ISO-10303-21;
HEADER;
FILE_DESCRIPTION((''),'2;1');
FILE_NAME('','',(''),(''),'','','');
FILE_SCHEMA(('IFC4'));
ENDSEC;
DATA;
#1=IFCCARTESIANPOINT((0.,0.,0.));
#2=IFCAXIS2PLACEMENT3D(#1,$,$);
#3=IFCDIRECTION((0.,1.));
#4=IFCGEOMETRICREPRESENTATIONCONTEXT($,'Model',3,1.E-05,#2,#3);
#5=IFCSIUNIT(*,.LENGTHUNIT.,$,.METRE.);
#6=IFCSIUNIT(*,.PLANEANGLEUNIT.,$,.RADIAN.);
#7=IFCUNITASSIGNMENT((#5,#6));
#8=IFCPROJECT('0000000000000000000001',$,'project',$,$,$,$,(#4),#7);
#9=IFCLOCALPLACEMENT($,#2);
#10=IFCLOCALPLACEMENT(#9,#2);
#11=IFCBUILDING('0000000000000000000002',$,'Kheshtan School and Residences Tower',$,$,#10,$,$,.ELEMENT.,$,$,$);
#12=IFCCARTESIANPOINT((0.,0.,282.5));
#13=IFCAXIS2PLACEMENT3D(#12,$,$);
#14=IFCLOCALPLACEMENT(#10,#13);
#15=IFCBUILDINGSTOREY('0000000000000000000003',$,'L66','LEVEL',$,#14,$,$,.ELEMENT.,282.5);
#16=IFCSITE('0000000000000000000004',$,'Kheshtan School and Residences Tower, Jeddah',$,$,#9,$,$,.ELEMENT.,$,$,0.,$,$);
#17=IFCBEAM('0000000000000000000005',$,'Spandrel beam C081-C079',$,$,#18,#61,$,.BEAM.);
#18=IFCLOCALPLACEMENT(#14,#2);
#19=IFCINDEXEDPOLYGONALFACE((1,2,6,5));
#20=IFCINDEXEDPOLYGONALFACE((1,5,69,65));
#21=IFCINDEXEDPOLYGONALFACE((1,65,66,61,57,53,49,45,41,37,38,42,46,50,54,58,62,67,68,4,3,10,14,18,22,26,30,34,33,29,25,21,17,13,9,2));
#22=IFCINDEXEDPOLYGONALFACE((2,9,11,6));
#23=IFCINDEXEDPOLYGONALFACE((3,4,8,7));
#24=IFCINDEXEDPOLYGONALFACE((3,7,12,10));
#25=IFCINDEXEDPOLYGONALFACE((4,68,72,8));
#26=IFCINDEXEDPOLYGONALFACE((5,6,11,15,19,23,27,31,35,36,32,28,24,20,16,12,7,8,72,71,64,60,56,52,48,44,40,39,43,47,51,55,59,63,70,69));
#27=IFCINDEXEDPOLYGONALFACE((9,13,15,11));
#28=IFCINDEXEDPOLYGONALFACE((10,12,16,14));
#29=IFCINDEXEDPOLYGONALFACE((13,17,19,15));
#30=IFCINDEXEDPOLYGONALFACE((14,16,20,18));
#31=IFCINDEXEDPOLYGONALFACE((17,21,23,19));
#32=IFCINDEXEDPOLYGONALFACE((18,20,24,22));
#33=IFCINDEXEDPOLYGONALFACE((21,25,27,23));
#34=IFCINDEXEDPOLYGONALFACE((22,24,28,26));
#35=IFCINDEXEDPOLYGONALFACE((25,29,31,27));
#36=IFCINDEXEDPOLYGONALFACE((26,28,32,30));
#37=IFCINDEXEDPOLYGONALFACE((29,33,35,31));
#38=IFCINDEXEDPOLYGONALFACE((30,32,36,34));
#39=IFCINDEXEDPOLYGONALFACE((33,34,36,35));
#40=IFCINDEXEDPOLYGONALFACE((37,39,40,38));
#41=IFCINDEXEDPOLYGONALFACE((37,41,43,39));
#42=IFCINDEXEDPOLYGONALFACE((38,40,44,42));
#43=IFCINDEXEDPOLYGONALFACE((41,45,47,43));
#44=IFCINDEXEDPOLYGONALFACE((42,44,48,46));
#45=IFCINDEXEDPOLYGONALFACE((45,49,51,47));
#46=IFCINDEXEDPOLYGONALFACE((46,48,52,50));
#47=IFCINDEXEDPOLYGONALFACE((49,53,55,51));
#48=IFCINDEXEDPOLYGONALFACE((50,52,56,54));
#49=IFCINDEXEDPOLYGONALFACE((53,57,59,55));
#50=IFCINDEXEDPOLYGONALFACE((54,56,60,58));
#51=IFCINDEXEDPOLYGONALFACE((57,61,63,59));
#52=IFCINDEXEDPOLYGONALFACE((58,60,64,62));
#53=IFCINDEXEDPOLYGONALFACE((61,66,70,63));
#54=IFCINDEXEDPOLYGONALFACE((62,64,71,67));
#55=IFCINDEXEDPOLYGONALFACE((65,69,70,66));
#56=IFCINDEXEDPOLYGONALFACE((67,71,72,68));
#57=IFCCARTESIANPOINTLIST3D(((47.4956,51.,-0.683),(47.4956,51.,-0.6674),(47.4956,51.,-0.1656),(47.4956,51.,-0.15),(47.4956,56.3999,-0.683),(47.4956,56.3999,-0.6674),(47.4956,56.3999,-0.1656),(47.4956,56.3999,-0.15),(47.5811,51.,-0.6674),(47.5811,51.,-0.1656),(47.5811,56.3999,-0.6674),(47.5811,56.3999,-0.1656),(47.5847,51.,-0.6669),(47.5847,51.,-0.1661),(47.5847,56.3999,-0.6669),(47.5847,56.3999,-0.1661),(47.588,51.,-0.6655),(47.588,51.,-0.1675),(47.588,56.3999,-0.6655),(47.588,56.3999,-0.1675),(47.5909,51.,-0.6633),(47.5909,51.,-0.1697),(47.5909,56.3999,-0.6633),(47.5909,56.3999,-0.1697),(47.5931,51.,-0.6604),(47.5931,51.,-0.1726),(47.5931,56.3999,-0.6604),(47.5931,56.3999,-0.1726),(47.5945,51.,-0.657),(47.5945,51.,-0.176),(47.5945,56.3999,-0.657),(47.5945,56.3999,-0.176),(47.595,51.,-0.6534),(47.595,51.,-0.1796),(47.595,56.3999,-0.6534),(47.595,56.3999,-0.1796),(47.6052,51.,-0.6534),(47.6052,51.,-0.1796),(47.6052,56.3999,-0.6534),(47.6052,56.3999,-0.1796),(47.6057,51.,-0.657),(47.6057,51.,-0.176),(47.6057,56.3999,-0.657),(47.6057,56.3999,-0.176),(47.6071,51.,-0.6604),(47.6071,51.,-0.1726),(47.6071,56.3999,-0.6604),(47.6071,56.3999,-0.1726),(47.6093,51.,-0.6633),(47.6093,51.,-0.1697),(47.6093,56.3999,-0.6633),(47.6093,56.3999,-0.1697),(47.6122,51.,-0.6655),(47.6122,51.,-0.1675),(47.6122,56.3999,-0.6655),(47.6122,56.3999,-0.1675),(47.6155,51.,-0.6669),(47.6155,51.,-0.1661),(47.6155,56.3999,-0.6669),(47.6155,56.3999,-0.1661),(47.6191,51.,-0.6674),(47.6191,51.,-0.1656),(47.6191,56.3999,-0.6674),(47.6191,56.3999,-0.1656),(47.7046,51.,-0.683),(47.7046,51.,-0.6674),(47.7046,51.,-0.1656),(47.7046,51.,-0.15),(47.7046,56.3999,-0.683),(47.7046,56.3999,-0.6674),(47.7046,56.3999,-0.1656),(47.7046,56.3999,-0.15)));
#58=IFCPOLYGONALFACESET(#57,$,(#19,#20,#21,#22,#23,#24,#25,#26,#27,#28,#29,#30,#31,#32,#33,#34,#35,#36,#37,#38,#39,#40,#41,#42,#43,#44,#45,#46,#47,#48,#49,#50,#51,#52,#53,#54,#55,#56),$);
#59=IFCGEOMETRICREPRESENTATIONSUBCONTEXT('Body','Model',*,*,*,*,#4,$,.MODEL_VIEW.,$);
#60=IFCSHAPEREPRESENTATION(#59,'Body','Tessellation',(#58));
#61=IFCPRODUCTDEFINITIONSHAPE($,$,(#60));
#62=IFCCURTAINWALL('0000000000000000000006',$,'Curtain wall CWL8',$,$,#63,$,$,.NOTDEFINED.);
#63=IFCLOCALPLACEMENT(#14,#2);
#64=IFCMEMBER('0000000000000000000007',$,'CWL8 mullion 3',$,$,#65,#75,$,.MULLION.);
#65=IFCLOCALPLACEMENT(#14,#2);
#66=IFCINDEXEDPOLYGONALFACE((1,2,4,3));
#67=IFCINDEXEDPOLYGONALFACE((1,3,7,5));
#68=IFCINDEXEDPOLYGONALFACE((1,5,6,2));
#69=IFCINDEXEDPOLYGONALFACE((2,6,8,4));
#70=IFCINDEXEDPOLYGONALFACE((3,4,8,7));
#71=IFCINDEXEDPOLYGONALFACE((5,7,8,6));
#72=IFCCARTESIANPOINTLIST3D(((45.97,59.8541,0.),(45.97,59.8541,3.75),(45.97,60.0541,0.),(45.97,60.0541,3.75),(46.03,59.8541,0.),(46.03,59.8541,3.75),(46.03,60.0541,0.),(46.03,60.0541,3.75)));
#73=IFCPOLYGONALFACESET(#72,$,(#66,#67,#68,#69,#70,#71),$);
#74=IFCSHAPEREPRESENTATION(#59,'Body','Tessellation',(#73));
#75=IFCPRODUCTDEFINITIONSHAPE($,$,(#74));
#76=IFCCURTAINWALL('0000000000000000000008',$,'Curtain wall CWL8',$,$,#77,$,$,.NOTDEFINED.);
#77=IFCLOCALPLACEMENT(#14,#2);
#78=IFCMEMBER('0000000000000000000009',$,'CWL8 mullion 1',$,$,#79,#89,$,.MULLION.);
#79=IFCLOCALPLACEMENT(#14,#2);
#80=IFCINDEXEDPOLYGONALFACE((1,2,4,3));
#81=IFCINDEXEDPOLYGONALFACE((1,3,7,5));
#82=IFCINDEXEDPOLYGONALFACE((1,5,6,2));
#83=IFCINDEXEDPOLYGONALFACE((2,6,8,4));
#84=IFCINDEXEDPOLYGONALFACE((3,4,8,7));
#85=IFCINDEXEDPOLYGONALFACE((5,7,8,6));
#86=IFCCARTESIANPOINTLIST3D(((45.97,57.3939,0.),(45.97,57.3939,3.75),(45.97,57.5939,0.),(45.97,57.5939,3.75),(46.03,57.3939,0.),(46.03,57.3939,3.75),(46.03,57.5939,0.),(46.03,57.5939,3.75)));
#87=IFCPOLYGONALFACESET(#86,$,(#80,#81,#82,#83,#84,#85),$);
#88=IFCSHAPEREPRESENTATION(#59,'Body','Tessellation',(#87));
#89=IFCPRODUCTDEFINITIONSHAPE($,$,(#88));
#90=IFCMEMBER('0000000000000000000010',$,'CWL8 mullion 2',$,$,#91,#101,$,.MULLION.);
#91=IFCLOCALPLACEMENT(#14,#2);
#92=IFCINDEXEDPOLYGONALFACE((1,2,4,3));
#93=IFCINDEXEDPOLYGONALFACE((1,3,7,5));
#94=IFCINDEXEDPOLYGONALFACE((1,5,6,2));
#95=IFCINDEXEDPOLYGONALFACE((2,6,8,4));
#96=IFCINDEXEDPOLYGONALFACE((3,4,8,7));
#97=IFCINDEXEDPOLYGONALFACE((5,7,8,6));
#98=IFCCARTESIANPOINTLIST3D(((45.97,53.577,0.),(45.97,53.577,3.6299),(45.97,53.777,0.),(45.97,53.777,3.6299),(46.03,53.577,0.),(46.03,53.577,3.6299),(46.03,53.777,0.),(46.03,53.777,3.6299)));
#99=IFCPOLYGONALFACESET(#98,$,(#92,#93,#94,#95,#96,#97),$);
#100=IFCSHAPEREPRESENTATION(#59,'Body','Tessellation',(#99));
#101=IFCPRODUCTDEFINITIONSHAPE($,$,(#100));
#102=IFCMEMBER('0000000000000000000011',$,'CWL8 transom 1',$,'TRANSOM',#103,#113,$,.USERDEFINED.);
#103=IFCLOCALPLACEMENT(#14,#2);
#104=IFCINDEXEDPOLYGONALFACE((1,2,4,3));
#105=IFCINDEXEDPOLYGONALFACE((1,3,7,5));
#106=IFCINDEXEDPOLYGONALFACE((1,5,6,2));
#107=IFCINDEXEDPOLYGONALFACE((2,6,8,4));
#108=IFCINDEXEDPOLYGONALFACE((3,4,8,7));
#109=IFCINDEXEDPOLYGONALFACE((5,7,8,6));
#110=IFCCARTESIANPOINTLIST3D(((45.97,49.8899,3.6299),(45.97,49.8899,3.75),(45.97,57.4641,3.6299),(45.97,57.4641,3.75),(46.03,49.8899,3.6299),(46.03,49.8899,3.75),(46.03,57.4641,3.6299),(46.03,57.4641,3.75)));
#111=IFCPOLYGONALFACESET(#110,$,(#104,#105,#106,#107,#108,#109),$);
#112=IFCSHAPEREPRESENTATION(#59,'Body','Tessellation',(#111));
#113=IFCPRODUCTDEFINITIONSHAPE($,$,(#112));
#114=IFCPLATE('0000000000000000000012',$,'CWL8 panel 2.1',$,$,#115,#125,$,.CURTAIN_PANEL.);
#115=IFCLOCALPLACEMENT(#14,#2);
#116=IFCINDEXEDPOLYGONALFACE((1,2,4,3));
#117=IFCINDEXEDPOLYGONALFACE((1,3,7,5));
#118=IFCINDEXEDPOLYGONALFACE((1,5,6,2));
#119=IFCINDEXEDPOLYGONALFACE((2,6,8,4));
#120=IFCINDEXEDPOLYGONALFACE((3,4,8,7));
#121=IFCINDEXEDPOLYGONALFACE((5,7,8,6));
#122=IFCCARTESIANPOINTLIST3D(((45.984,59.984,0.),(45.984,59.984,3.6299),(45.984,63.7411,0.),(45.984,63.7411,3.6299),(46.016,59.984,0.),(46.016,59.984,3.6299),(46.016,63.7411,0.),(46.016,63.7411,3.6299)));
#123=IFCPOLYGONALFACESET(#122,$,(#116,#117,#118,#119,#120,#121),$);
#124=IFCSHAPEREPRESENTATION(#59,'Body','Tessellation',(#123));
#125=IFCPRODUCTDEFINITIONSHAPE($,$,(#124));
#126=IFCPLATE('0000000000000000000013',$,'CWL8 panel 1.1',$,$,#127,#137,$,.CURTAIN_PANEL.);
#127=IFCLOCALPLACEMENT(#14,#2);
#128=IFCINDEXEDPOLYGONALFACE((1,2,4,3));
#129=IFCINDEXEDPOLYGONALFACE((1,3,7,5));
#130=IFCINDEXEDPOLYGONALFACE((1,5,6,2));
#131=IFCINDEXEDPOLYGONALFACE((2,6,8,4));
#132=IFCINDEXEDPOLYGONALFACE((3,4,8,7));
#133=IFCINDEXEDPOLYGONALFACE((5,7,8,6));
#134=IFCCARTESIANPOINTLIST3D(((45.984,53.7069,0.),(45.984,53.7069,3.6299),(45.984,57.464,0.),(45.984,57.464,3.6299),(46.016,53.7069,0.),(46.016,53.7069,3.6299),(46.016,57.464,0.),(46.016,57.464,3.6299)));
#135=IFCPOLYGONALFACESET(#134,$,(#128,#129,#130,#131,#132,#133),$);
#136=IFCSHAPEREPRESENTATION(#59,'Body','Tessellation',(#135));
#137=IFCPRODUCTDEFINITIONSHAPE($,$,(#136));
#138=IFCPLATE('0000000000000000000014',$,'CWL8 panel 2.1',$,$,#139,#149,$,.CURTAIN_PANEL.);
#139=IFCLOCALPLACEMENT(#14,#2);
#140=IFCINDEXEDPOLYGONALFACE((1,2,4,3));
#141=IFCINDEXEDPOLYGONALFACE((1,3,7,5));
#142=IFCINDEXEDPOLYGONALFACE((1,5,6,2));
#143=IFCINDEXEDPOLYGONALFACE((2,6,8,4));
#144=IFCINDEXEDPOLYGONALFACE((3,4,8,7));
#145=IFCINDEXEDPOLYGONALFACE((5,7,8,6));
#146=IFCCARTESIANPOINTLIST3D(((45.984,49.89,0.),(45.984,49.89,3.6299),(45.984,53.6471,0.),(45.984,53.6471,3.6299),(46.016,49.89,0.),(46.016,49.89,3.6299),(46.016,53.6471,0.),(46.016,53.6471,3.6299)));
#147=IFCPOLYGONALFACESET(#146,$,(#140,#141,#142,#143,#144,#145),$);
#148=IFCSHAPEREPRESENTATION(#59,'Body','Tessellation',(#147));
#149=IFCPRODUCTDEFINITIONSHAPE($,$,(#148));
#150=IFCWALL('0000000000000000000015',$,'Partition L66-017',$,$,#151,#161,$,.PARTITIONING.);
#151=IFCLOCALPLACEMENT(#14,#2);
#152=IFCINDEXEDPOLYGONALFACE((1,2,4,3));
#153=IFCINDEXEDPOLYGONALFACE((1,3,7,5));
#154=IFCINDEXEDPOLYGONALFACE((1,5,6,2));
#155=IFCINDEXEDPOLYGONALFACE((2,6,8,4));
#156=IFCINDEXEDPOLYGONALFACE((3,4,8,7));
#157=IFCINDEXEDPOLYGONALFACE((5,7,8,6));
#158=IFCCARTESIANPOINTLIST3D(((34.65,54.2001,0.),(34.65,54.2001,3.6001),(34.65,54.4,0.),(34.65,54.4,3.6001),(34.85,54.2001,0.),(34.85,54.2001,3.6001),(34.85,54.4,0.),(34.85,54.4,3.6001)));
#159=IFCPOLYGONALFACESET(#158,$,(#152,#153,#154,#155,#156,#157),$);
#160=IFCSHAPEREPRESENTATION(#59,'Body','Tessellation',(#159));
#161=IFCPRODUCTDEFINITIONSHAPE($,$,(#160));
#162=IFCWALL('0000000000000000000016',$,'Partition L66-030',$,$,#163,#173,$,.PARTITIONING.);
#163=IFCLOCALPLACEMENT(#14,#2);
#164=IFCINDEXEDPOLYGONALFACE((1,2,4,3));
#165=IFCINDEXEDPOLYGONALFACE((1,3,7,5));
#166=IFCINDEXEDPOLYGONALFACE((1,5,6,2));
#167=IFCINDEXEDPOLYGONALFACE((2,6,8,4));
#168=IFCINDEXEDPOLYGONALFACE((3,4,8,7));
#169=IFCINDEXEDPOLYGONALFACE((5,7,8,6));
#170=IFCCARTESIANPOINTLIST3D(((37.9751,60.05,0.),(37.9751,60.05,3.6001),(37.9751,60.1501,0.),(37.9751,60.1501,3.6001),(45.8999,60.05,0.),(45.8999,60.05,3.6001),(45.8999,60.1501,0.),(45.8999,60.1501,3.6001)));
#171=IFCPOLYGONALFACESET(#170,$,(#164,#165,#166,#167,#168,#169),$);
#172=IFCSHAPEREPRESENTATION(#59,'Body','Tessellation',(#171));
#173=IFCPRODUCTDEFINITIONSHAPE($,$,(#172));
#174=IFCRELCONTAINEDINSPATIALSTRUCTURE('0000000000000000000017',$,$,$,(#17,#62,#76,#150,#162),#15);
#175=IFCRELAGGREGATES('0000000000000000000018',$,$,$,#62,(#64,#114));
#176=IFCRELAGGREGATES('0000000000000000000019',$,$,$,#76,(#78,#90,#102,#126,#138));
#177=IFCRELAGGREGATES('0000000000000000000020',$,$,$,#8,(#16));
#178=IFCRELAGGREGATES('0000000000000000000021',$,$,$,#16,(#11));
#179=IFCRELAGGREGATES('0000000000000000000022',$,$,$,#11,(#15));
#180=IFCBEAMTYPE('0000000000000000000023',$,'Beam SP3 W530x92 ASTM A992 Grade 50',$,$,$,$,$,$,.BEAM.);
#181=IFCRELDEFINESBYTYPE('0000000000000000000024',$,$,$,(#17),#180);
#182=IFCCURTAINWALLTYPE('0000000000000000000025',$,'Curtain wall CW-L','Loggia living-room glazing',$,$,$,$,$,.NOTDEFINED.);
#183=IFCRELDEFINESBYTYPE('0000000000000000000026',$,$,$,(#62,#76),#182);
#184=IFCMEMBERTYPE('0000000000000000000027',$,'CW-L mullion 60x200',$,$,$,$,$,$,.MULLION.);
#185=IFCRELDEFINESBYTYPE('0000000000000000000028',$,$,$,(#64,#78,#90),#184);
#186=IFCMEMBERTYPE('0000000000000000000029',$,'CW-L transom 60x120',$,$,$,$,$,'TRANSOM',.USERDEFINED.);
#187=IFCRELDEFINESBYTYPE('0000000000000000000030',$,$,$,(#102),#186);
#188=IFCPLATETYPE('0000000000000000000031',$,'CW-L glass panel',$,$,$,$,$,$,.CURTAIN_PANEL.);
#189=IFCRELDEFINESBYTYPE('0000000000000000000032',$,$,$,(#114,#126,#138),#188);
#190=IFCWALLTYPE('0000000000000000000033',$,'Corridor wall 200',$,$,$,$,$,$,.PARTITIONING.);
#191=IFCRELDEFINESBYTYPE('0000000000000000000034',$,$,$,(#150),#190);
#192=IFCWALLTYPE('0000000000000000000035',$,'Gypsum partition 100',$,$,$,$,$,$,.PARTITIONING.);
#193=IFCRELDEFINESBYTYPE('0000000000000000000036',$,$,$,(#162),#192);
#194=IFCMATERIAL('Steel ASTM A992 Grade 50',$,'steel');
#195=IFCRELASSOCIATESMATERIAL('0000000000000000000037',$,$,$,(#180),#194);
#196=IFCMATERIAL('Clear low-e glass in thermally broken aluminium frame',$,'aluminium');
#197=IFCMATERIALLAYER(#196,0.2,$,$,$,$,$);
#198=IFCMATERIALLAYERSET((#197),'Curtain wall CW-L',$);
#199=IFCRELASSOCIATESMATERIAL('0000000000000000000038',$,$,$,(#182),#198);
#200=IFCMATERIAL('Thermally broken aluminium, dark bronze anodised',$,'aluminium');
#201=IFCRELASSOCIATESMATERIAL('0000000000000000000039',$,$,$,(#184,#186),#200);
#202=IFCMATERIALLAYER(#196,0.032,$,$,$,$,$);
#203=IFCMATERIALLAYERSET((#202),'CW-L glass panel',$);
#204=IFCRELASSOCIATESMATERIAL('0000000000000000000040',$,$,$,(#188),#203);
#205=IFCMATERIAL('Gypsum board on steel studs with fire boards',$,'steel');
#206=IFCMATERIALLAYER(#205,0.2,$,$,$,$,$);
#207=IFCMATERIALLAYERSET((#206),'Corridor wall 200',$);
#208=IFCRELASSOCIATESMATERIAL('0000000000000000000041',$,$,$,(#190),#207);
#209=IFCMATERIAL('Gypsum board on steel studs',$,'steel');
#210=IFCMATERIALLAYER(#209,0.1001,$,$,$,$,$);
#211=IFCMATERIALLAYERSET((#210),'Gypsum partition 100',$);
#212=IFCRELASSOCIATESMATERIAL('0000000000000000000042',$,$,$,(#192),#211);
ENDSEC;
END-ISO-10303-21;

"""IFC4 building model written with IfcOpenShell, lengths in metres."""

from ifc_helpers import new_model, si_unit, direction, frame, frame_2d, origin, origin_2d, place, context, subcontext, project, spatial, rectangle, i_section, extrude, material, layer, layer_set, material_profile, profile_set, type_object, element, aggregate, save


model = new_model("IFC4")

# Units and contexts
model_context = context("Model", 3, precision=1e-05, world=origin(), true_north=direction((0.0, 1.0)))
body_context = subcontext(model_context, "Body", "Model", "MODEL_VIEW")
ifc_project = project(units=[si_unit("LENGTHUNIT", "METRE"), si_unit("PLANEANGLEUNIT", "RADIAN")], contexts=[model_context])

# Site, building, storey
site_placement = place(None, origin())
site = spatial("IfcSite", under=ifc_project, at=site_placement, Name="Kheshtan School and Residences Tower, Jeddah", CompositionType="ELEMENT", RefElevation=0.0)
building_placement = place(site_placement, origin())
building = spatial("IfcBuilding", under=site, at=building_placement, Name="Kheshtan School and Residences Tower", CompositionType="ELEMENT")
storey_placement = place(building_placement, frame((0.0, 0.0, 282.5)))
storey = spatial("IfcBuildingStorey", under=building, at=storey_placement, Name="L66", Description="LEVEL", CompositionType="ELEMENT", Elevation=282.5)

# Shared definitions
ifc_material_1 = material(Name="Steel ASTM A992 Grade 50", Category="steel")

# Beam
ifc_material_profile_1 = material_profile(ifc_material_1, i_section(OverallWidth=0.209, OverallDepth=0.533, WebThickness=0.0103, FlangeThickness=0.0156, FilletRadius=0.0139, at=origin_2d()), Name="W530x92")
ifc_profile_set_1 = profile_set([ifc_material_profile_1], Name="Steel ASTM A992 Grade 50")
beam_type_1 = type_object("IfcBeamType", Name="Beam SP3 W530x92 ASTM A992 Grade 50", PredefinedType="BEAM", material=ifc_profile_set_1)
beam_1_placement = place(storey_placement, frame((47.6001, 56.3999, -0.4165), z_axis=(0.0, -1.0, 0.0), x_axis=(1.0, 0.0, 0.0)))
element("IfcBeam", 1, at=beam_1_placement, inside=storey, type_object=beam_type_1, Name="Spandrel beam C081-C079", PredefinedType="BEAM", context=body_context, shape_type="SweptSolid", body=[
    extrude(i_section(OverallWidth=0.209, OverallDepth=0.533, WebThickness=0.0103, FlangeThickness=0.0156, FilletRadius=0.0139, at=origin_2d()), origin(), (0.0, 0.0, 1.0), 5.3999),
])

# Curtain wall, member
ifc_material_2 = material(Name="Clear low-e glass in thermally broken aluminium frame", Category="aluminium")
ifc_layer_1 = layer(ifc_material_2, 0.2)
ifc_layer_set_1 = layer_set([ifc_layer_1], Name="Curtain wall CW-L")
curtain_wall_type = type_object("IfcCurtainWallType", Name="Curtain wall CW-L", Description="Loggia living-room glazing", PredefinedType="NOTDEFINED", material=ifc_layer_set_1)
curtain_wall_1_placement = place(storey_placement, origin())
curtain_wall_1 = element("IfcCurtainWall", 2, at=curtain_wall_1_placement, inside=storey, type_object=curtain_wall_type, Name="Curtain wall CWL8", PredefinedType="NOTDEFINED")
ifc_material_3 = material(Name="Thermally broken aluminium, dark bronze anodised", Category="aluminium")
ifc_material_profile_2 = material_profile(ifc_material_3, rectangle(XDim=0.0601, YDim=0.2, at=origin_2d()), Name="CW-L mullion 60x200")
ifc_profile_set_2 = profile_set([ifc_material_profile_2], Name="Thermally broken aluminium, dark bronze anodised")
member_type_1 = type_object("IfcMemberType", Name="CW-L mullion 60x200", PredefinedType="MULLION", material=ifc_profile_set_2)
member_1_placement = place(storey_placement, frame((46.0, 59.9541, 0.0), z_axis=(0.0, 0.0, 1.0), x_axis=(1.0, 0.0, 0.0)))
member_1 = element("IfcMember", 3, at=member_1_placement, type_object=member_type_1, Name="CWL8 mullion 3", PredefinedType="MULLION", context=body_context, shape_type="SweptSolid", body=[
    extrude(rectangle(XDim=0.0601, YDim=0.2, at=origin_2d()), origin(), (0.0, 0.0, 1.0), 3.75),
])

# Curtain wall, members
curtain_wall_2_placement = place(storey_placement, origin())
curtain_wall_2 = element("IfcCurtainWall", 4, at=curtain_wall_2_placement, inside=storey, type_object=curtain_wall_type, Name="Curtain wall CWL8", PredefinedType="NOTDEFINED")
member_2_placement = place(storey_placement, frame((46.0, 57.4939, 0.0), z_axis=(0.0, 0.0, 1.0), x_axis=(1.0, 0.0, 0.0)))
member_2 = element("IfcMember", 5, at=member_2_placement, type_object=member_type_1, Name="CWL8 mullion 1", PredefinedType="MULLION", context=body_context, shape_type="SweptSolid", body=[
    extrude(rectangle(XDim=0.0601, YDim=0.2, at=origin_2d()), origin(), (0.0, 0.0, 1.0), 3.75),
])
member_3_placement = place(storey_placement, frame((46.0, 53.677, 0.0), z_axis=(0.0, 0.0, 1.0), x_axis=(1.0, 0.0, 0.0)))
member_3 = element("IfcMember", 6, at=member_3_placement, type_object=member_type_1, Name="CWL8 mullion 2", PredefinedType="MULLION", context=body_context, shape_type="SweptSolid", body=[
    extrude(rectangle(XDim=0.0601, YDim=0.2, at=origin_2d()), origin(), (0.0, 0.0, 1.0), 3.6299),
])
ifc_material_profile_3 = material_profile(ifc_material_3, rectangle(XDim=0.0601, YDim=0.1201, at=origin_2d()), Name="CW-L transom 60x120")
ifc_profile_set_3 = profile_set([ifc_material_profile_3], Name="Thermally broken aluminium, dark bronze anodised")
member_type_2 = type_object("IfcMemberType", Name="CW-L transom 60x120", ElementType="TRANSOM", PredefinedType="USERDEFINED", material=ifc_profile_set_3)
member_4_placement = place(storey_placement, frame((46.0, 57.4641, 3.6899), z_axis=(0.0, -1.0, 0.0), x_axis=(1.0, 0.0, 0.0)))
member_4 = element("IfcMember", 7, at=member_4_placement, type_object=member_type_2, Name="CWL8 transom 1", ObjectType="TRANSOM", PredefinedType="USERDEFINED", context=body_context, shape_type="SweptSolid", body=[
    extrude(rectangle(XDim=0.0601, YDim=0.1201, at=origin_2d()), origin(), (0.0, 0.0, 1.0), 7.5742),
])

# Plates
ifc_layer_2 = layer(ifc_material_2, 0.032)
ifc_layer_set_2 = layer_set([ifc_layer_2], Name="CW-L glass panel")
plate_type = type_object("IfcPlateType", Name="CW-L glass panel", PredefinedType="CURTAIN_PANEL", material=ifc_layer_set_2)
plate_1_placement = place(storey_placement, frame((46.0, 61.8625, 0.0), z_axis=(0.0, 0.0, 1.0), x_axis=(0.0, -1.0, 0.0)))
plate_1 = element("IfcPlate", 8, at=plate_1_placement, type_object=plate_type, Name="CWL8 panel 2.1", PredefinedType="CURTAIN_PANEL", context=body_context, shape_type="SweptSolid", body=[
    extrude(rectangle(XDim=3.7571, YDim=0.032, at=origin_2d()), origin(), (0.0, 0.0, 1.0), 3.6299),
])
aggregate(curtain_wall_1, [member_1, plate_1])
plate_2_placement = place(storey_placement, frame((46.0, 55.5854, 0.0), z_axis=(0.0, 0.0, 1.0), x_axis=(0.0, -1.0, 0.0)))
plate_2 = element("IfcPlate", 9, at=plate_2_placement, type_object=plate_type, Name="CWL8 panel 1.1", PredefinedType="CURTAIN_PANEL", context=body_context, shape_type="SweptSolid", body=[
    extrude(rectangle(XDim=3.7571, YDim=0.032, at=origin_2d()), origin(), (0.0, 0.0, 1.0), 3.6299),
])
plate_3_placement = place(storey_placement, frame((46.0, 51.7686, 0.0), z_axis=(0.0, 0.0, 1.0), x_axis=(0.0, -1.0, 0.0)))
plate_3 = element("IfcPlate", 10, at=plate_3_placement, type_object=plate_type, Name="CWL8 panel 2.1", PredefinedType="CURTAIN_PANEL", context=body_context, shape_type="SweptSolid", body=[
    extrude(rectangle(XDim=3.7571, YDim=0.032, at=origin_2d()), origin(), (0.0, 0.0, 1.0), 3.6299),
])
aggregate(curtain_wall_2, [member_2, member_3, member_4, plate_2, plate_3])

# Wall
ifc_material_4 = material(Name="Gypsum board on steel studs with fire boards", Category="steel")
ifc_layer_3 = layer(ifc_material_4, 0.2)
ifc_layer_set_3 = layer_set([ifc_layer_3], Name="Corridor wall 200")
wall_type_1 = type_object("IfcWallType", Name="Corridor wall 200", PredefinedType="PARTITIONING", material=ifc_layer_set_3)
wall_1_placement = place(storey_placement, frame((34.75, 54.2, 0.0), z_axis=(0.0, 0.0, 1.0), x_axis=(0.0, 1.0, 0.0)))
element("IfcWall", 11, at=wall_1_placement, inside=storey, type_object=wall_type_1, Name="Partition L66-017", PredefinedType="PARTITIONING", context=body_context, shape_type="SweptSolid", body=[
    extrude(rectangle(XDim=0.2, YDim=0.2, at=frame_2d((0.1001, 0.0))), origin(), (0.0, 0.0, 1.0), 3.6001),
])

# Wall
ifc_material_5 = material(Name="Gypsum board on steel studs", Category="steel")
ifc_layer_4 = layer(ifc_material_5, 0.1001)
ifc_layer_set_4 = layer_set([ifc_layer_4], Name="Gypsum partition 100")
wall_type_2 = type_object("IfcWallType", Name="Gypsum partition 100", PredefinedType="PARTITIONING", material=ifc_layer_set_4)
wall_2_placement = place(storey_placement, frame((37.9751, 60.1001, 0.0), z_axis=(0.0, 0.0, 1.0), x_axis=(1.0, 0.0, 0.0)))
element("IfcWall", 12, at=wall_2_placement, inside=storey, type_object=wall_type_2, Name="Partition L66-030", PredefinedType="PARTITIONING", context=body_context, shape_type="SweptSolid", body=[
    extrude(rectangle(XDim=7.9248, YDim=0.1001, at=frame_2d((3.9624, 0.0))), origin(), (0.0, 0.0, 1.0), 3.6001),
])

save(model, "model.ifc")
